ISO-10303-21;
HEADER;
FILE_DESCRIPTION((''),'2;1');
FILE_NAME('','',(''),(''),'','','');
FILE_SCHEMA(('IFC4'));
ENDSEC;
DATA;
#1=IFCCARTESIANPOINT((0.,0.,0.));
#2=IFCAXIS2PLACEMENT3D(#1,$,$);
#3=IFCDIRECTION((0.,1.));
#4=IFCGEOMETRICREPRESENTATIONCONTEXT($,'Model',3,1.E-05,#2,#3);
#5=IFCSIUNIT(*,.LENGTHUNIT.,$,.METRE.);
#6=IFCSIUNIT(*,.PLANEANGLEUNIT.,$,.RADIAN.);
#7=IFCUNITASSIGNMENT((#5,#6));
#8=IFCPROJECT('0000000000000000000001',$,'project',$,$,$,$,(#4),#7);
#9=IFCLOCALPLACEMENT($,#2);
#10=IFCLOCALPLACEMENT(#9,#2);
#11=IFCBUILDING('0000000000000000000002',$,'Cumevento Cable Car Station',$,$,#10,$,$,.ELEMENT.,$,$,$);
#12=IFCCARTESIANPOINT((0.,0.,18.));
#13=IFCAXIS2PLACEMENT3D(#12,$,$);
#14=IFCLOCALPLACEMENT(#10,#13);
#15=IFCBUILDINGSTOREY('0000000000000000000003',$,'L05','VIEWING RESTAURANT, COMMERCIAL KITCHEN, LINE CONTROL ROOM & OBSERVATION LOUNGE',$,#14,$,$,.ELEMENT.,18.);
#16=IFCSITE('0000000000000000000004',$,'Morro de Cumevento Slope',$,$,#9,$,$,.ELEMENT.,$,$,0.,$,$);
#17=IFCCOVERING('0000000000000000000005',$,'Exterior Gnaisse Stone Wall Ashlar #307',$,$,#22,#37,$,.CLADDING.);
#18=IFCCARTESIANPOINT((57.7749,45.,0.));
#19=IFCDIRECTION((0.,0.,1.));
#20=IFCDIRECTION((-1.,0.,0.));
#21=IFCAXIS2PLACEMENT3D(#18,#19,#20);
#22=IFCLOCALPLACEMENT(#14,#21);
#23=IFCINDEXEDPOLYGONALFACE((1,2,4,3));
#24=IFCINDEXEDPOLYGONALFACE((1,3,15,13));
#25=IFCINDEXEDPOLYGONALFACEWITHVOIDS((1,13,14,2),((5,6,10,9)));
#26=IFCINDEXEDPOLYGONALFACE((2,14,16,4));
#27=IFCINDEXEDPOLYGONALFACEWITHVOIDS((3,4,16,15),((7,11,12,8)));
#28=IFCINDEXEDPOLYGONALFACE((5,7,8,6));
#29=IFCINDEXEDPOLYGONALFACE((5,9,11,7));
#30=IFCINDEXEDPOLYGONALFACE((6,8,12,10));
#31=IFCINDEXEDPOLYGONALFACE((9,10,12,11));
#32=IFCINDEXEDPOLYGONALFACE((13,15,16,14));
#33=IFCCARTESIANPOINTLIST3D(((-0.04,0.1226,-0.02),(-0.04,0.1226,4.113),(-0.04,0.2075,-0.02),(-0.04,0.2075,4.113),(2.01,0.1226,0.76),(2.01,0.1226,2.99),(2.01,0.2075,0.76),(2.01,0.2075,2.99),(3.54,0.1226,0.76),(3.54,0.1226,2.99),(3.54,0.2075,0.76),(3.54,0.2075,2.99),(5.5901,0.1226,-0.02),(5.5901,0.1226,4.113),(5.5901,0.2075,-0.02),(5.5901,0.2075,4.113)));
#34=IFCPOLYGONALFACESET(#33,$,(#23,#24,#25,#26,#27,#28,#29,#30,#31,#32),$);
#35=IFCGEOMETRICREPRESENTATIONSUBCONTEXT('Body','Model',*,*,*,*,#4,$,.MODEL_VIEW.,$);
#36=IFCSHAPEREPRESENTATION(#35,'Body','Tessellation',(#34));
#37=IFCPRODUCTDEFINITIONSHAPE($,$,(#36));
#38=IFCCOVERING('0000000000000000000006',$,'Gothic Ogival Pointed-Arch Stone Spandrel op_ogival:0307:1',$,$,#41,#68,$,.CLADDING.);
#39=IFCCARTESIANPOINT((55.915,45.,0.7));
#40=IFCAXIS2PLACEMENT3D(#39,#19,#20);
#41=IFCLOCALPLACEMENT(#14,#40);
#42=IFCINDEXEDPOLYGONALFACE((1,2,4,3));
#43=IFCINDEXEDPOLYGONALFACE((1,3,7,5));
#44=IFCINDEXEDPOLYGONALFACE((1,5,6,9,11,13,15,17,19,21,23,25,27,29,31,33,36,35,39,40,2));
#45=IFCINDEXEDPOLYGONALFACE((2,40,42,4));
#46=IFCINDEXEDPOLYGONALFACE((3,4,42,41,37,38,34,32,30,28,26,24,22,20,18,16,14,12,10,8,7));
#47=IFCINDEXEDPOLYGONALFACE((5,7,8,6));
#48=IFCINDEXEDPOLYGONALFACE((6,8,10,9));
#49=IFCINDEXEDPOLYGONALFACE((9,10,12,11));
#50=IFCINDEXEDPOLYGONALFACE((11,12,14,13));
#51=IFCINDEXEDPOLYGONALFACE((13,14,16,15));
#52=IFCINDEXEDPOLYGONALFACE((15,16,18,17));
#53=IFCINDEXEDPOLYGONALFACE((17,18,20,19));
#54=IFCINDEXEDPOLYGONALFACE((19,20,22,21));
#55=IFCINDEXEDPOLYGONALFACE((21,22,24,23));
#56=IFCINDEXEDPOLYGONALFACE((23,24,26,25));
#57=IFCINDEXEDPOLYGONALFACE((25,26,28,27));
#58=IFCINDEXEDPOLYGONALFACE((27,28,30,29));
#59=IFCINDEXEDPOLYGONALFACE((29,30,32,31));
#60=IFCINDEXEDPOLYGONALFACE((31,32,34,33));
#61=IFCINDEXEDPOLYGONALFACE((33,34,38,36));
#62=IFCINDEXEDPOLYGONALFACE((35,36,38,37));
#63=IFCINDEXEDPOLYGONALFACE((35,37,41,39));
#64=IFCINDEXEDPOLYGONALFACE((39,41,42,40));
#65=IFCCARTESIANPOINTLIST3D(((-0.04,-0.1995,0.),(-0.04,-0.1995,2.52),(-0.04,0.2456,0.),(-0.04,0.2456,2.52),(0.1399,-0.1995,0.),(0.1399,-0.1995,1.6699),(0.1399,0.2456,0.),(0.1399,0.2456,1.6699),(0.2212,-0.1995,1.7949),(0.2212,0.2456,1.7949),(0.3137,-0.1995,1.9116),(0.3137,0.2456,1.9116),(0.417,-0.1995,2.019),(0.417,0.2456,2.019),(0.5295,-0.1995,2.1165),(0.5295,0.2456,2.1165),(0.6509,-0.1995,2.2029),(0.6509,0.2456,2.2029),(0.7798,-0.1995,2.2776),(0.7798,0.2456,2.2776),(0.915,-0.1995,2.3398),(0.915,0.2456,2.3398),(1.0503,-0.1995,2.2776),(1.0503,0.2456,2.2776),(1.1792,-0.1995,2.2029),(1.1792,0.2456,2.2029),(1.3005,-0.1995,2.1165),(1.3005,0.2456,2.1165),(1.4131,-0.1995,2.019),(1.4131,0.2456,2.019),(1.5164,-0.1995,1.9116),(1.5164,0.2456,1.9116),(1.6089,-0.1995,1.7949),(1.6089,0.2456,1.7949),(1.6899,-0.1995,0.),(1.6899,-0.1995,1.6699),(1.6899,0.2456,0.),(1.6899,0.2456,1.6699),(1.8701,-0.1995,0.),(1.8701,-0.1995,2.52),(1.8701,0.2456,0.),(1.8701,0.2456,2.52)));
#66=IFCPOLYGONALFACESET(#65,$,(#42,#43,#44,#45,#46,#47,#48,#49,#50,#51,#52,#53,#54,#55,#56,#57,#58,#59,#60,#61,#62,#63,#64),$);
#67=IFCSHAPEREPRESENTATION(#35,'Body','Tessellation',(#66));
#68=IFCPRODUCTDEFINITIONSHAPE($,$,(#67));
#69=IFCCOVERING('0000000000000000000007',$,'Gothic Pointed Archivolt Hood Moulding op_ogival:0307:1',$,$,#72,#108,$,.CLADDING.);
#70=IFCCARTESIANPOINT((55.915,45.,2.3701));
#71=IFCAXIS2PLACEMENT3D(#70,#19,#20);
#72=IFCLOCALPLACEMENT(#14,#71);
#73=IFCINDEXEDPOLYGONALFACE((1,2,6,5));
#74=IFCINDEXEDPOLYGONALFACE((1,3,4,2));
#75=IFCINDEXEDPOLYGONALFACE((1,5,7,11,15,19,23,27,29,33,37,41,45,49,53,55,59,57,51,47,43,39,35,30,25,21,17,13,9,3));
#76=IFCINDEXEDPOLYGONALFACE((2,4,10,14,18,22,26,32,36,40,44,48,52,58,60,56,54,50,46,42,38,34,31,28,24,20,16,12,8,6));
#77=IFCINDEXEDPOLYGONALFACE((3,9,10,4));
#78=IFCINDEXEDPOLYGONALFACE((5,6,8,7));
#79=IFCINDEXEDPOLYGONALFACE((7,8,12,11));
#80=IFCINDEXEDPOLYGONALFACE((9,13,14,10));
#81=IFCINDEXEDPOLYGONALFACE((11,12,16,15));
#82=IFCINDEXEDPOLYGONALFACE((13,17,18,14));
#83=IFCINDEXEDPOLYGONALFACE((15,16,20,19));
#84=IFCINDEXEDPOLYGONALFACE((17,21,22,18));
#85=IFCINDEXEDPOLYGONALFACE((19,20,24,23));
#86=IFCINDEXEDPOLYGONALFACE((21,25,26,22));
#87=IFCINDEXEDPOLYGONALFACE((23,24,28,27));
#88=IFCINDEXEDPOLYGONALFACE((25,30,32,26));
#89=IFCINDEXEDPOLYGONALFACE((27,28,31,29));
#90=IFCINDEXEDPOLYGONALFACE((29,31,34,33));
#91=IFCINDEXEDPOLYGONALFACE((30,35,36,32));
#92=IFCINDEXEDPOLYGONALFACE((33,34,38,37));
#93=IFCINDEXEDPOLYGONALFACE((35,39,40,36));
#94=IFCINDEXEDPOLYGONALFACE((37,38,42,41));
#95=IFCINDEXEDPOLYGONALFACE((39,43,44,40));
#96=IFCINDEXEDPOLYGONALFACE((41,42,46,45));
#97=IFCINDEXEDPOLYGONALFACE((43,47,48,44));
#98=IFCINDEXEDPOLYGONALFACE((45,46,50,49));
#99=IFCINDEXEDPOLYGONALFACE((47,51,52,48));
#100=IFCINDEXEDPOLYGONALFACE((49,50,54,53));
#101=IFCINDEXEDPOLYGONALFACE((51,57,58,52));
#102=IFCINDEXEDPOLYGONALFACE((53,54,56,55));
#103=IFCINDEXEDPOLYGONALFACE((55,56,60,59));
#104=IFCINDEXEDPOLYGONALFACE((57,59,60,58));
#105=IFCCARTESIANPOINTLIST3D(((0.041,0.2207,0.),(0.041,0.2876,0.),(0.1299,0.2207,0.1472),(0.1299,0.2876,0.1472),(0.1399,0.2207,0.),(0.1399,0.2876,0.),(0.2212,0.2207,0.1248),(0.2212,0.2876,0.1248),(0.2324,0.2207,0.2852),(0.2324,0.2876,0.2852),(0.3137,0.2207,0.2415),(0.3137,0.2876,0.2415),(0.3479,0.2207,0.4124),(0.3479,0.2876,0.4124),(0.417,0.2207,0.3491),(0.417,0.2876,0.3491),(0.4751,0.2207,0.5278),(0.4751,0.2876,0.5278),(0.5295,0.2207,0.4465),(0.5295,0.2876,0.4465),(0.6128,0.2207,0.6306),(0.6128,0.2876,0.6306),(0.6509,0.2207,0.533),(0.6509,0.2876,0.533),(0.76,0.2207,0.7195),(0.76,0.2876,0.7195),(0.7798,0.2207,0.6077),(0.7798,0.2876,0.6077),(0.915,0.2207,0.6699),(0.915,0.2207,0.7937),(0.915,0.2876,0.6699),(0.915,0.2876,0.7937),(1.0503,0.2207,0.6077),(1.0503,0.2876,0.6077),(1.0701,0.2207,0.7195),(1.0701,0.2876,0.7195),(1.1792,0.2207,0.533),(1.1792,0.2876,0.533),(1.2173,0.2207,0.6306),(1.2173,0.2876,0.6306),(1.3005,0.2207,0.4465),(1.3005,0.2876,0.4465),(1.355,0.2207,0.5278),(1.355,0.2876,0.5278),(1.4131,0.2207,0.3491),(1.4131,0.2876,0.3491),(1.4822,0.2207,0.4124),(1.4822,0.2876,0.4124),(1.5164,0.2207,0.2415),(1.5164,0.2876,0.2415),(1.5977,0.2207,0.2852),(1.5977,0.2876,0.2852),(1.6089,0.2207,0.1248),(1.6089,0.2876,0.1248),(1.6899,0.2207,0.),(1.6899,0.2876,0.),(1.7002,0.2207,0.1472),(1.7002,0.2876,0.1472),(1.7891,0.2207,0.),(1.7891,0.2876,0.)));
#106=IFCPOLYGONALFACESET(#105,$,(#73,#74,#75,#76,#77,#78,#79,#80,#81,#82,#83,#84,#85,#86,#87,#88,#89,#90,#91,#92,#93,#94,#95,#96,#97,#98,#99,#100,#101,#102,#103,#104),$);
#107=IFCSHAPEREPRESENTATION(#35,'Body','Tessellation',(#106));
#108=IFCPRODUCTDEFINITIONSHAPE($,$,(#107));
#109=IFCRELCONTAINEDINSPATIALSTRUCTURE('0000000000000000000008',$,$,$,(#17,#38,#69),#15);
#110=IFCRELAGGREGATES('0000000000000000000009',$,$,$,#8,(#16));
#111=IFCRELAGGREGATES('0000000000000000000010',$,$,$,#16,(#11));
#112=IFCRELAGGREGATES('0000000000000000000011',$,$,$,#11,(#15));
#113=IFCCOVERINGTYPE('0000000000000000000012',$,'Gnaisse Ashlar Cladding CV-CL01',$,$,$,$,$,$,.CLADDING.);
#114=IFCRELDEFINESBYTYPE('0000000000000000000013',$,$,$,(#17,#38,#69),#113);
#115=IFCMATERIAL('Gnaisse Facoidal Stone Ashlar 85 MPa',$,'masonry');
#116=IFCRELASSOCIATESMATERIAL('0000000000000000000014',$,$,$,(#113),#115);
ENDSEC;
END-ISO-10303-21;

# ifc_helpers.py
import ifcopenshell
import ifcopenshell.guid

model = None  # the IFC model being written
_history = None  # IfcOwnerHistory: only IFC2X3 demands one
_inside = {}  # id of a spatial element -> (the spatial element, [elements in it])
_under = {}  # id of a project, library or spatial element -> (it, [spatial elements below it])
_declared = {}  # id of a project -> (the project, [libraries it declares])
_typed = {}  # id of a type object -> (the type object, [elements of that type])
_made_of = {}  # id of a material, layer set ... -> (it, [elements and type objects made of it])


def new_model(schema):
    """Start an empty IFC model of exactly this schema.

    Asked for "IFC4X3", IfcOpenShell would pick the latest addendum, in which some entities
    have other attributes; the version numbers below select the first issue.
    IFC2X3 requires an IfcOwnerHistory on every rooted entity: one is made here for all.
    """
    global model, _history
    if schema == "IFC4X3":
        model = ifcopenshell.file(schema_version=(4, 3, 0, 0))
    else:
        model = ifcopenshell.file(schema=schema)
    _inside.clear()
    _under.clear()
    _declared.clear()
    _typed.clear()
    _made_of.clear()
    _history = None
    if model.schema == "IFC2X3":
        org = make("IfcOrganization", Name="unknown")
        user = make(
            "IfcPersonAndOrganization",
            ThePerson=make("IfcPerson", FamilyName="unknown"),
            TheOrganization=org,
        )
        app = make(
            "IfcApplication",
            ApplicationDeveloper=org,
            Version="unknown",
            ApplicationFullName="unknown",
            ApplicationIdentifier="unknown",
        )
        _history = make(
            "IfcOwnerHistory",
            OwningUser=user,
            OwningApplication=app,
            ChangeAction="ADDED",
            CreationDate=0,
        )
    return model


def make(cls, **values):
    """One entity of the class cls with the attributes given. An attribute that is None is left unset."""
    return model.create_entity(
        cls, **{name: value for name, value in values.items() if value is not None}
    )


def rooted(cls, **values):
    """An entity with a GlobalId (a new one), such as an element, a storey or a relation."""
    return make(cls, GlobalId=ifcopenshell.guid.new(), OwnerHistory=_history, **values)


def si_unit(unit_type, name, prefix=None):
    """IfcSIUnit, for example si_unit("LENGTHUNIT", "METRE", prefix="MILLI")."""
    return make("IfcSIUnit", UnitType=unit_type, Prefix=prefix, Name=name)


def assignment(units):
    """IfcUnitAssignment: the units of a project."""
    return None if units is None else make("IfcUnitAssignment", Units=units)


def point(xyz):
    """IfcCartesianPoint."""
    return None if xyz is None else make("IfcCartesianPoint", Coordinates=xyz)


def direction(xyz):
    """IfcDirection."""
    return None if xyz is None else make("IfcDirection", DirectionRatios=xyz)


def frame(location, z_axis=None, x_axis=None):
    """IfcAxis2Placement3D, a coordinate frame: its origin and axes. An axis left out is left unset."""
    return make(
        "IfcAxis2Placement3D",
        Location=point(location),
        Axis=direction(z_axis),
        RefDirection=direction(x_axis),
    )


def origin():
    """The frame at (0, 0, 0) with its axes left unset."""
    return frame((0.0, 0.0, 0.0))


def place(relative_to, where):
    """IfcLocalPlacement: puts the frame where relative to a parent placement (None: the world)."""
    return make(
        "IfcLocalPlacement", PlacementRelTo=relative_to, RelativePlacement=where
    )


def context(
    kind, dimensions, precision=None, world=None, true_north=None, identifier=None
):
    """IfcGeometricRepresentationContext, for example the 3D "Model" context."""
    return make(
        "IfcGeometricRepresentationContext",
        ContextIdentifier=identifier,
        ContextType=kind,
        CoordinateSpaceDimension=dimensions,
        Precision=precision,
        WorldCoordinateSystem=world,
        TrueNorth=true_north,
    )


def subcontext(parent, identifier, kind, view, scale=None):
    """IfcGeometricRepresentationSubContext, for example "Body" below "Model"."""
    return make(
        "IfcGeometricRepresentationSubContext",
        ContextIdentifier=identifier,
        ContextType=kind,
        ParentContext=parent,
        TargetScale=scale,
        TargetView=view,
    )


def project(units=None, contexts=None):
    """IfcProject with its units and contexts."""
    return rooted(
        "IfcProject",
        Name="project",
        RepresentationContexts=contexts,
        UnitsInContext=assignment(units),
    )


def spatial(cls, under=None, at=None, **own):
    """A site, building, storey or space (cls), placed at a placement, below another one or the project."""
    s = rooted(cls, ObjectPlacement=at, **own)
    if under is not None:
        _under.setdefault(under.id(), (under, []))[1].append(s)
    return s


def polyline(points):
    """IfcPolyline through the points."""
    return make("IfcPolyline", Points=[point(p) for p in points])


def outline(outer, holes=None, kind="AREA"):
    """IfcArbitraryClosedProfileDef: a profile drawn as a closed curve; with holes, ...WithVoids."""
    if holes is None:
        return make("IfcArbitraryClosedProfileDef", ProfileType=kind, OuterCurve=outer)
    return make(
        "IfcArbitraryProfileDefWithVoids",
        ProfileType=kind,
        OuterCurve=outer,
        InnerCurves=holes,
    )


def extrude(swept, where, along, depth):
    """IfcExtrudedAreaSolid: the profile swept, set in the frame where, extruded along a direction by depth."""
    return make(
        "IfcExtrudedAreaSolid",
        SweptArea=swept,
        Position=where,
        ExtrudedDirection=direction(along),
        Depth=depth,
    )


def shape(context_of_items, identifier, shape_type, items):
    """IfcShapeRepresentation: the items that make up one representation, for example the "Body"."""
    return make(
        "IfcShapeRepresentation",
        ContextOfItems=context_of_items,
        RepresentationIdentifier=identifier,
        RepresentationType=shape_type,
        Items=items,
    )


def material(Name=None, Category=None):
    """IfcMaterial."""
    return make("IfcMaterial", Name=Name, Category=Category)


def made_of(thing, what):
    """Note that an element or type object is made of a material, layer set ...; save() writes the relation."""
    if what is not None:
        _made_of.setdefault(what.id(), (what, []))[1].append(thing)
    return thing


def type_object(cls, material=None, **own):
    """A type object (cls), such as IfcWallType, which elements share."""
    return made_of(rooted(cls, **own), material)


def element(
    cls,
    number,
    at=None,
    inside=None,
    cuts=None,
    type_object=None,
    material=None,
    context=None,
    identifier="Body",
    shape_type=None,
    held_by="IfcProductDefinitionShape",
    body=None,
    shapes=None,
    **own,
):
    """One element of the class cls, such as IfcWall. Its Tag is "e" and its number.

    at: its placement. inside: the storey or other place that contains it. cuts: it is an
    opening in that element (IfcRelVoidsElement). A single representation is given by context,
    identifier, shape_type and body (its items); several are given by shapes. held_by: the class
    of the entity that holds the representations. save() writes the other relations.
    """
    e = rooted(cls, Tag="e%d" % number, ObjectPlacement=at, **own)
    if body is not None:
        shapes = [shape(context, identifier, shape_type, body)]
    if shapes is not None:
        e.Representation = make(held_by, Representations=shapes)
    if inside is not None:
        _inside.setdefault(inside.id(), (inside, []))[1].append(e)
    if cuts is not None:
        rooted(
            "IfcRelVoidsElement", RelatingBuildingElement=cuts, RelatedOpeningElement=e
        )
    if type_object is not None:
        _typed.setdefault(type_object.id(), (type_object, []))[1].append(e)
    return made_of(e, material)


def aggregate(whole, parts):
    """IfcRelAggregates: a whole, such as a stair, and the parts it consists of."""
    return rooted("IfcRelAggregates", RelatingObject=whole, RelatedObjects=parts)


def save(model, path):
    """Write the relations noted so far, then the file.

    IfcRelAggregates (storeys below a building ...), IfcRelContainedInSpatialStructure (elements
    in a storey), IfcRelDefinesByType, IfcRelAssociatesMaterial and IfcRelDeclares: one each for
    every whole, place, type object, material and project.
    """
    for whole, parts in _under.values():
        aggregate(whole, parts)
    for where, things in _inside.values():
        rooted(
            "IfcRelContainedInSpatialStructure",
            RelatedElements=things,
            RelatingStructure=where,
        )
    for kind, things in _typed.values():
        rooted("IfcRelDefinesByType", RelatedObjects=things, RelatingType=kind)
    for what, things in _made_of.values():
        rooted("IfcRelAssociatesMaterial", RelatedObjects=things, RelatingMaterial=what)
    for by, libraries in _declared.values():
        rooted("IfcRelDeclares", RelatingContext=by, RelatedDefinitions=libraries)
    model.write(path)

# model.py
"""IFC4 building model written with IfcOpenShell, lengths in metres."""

from ifc_helpers import new_model, si_unit, direction, frame, origin, place, context, subcontext, project, spatial, polyline, outline, extrude, material, type_object, element, save


model = new_model("IFC4")

# Units and contexts
model_context = context("Model", 3, precision=1e-05, world=origin(), true_north=direction((0.0, 1.0)))
body_context = subcontext(model_context, "Body", "Model", "MODEL_VIEW")
ifc_project = project(units=[si_unit("LENGTHUNIT", "METRE"), si_unit("PLANEANGLEUNIT", "RADIAN")], contexts=[model_context])

# Site, building, storey
site_placement = place(None, origin())
site = spatial("IfcSite", under=ifc_project, at=site_placement, Name="Morro de Cumevento Slope", CompositionType="ELEMENT", RefElevation=0.0)
building_placement = place(site_placement, origin())
building = spatial("IfcBuilding", under=site, at=building_placement, Name="Cumevento Cable Car Station", CompositionType="ELEMENT")
storey_placement = place(building_placement, frame((0.0, 0.0, 18.0)))
storey = spatial("IfcBuildingStorey", under=building, at=storey_placement, Name="L05", Description="VIEWING RESTAURANT, COMMERCIAL KITCHEN, LINE CONTROL ROOM & OBSERVATION LOUNGE", CompositionType="ELEMENT", Elevation=18.0)

# Coverings
ifc_material_1 = material(Name="Gnaisse Facoidal Stone Ashlar 85 MPa", Category="masonry")
covering_type = type_object("IfcCoveringType", Name="Gnaisse Ashlar Cladding CV-CL01", PredefinedType="CLADDING", material=ifc_material_1)
covering_1_placement = place(storey_placement, frame((57.7749, 45.0, 0.0), z_axis=(0.0, 0.0, 1.0), x_axis=(-1.0, 0.0, 0.0)))
element("IfcCovering", 1, at=covering_1_placement, inside=storey, type_object=covering_type, Name="Exterior Gnaisse Stone Wall Ashlar #307", PredefinedType="CLADDING", context=body_context, shape_type="SweptSolid", body=[
    extrude(outline(polyline([(-0.04, -0.02), (5.5901, -0.02), (5.5901, 4.113), (-0.04, 4.113), (-0.04, -0.02)]), holes=[polyline([(2.01, 0.76), (3.54, 0.76), (3.54, 2.99), (2.01, 2.99), (2.01, 0.76)])]), frame((0.0, 0.2075, 0.0), z_axis=(0.0, -1.0, 0.0), x_axis=(1.0, 0.0, 0.0)), (0.0, 0.0, 1.0), 0.085),
])
covering_2_placement = place(storey_placement, frame((55.915, 45.0, 0.7), z_axis=(0.0, 0.0, 1.0), x_axis=(-1.0, 0.0, 0.0)))
element("IfcCovering", 2, at=covering_2_placement, inside=storey, type_object=covering_type, Name="Gothic Ogival Pointed-Arch Stone Spandrel op_ogival:0307:1", PredefinedType="CLADDING", context=body_context, shape_type="SweptSolid", body=[
    extrude(outline(polyline([(-0.04, 0.0), (-0.04, 2.52), (1.8701, 2.52), (1.8701, 0.0), (1.6899, 0.0), (1.6899, 1.6699), (1.6089, 1.7949), (1.5164, 1.9116), (1.4131, 2.019), (1.3005, 2.1165), (1.1792, 2.2029), (1.0503, 2.2776), (0.915, 2.3398), (0.7798, 2.2776), (0.6509, 2.2029), (0.5295, 2.1165), (0.417, 2.019), (0.3137, 1.9116), (0.2212, 1.7949), (0.1399, 1.6699), (0.1399, 0.0), (-0.04, 0.0)])), frame((0.0, 0.2456, 0.0), z_axis=(0.0, -1.0, 0.0), x_axis=(1.0, 0.0, 0.0)), (0.0, 0.0, 1.0), 0.4451),
])
covering_3_placement = place(storey_placement, frame((55.915, 45.0, 2.3701), z_axis=(0.0, 0.0, 1.0), x_axis=(-1.0, 0.0, 0.0)))
element("IfcCovering", 3, at=covering_3_placement, inside=storey, type_object=covering_type, Name="Gothic Pointed Archivolt Hood Moulding op_ogival:0307:1", PredefinedType="CLADDING", context=body_context, shape_type="SweptSolid", body=[
    extrude(outline(polyline([(0.1399, 0.0), (0.2212, 0.1248), (0.3137, 0.2415), (0.417, 0.3491), (0.5295, 0.4465), (0.6509, 0.533), (0.7798, 0.6077), (0.915, 0.6699), (1.0503, 0.6077), (1.1792, 0.533), (1.3005, 0.4465), (1.4131, 0.3491), (1.5164, 0.2415), (1.6089, 0.1248), (1.6899, 0.0), (1.7891, 0.0), (1.7002, 0.1472), (1.5977, 0.2852), (1.4822, 0.4124), (1.355, 0.5278), (1.2173, 0.6306), (1.0701, 0.7195), (0.915, 0.7937), (0.76, 0.7195), (0.6128, 0.6306), (0.4751, 0.5278), (0.3479, 0.4124), (0.2324, 0.2852), (0.1299, 0.1472), (0.041, 0.0), (0.1399, 0.0)])), frame((0.0, 0.2876, 0.0), z_axis=(0.0, -1.0, 0.0), x_axis=(1.0, 0.0, 0.0)), (0.0, 0.0, 1.0), 0.0669),
])

save(model, "model.ifc")
